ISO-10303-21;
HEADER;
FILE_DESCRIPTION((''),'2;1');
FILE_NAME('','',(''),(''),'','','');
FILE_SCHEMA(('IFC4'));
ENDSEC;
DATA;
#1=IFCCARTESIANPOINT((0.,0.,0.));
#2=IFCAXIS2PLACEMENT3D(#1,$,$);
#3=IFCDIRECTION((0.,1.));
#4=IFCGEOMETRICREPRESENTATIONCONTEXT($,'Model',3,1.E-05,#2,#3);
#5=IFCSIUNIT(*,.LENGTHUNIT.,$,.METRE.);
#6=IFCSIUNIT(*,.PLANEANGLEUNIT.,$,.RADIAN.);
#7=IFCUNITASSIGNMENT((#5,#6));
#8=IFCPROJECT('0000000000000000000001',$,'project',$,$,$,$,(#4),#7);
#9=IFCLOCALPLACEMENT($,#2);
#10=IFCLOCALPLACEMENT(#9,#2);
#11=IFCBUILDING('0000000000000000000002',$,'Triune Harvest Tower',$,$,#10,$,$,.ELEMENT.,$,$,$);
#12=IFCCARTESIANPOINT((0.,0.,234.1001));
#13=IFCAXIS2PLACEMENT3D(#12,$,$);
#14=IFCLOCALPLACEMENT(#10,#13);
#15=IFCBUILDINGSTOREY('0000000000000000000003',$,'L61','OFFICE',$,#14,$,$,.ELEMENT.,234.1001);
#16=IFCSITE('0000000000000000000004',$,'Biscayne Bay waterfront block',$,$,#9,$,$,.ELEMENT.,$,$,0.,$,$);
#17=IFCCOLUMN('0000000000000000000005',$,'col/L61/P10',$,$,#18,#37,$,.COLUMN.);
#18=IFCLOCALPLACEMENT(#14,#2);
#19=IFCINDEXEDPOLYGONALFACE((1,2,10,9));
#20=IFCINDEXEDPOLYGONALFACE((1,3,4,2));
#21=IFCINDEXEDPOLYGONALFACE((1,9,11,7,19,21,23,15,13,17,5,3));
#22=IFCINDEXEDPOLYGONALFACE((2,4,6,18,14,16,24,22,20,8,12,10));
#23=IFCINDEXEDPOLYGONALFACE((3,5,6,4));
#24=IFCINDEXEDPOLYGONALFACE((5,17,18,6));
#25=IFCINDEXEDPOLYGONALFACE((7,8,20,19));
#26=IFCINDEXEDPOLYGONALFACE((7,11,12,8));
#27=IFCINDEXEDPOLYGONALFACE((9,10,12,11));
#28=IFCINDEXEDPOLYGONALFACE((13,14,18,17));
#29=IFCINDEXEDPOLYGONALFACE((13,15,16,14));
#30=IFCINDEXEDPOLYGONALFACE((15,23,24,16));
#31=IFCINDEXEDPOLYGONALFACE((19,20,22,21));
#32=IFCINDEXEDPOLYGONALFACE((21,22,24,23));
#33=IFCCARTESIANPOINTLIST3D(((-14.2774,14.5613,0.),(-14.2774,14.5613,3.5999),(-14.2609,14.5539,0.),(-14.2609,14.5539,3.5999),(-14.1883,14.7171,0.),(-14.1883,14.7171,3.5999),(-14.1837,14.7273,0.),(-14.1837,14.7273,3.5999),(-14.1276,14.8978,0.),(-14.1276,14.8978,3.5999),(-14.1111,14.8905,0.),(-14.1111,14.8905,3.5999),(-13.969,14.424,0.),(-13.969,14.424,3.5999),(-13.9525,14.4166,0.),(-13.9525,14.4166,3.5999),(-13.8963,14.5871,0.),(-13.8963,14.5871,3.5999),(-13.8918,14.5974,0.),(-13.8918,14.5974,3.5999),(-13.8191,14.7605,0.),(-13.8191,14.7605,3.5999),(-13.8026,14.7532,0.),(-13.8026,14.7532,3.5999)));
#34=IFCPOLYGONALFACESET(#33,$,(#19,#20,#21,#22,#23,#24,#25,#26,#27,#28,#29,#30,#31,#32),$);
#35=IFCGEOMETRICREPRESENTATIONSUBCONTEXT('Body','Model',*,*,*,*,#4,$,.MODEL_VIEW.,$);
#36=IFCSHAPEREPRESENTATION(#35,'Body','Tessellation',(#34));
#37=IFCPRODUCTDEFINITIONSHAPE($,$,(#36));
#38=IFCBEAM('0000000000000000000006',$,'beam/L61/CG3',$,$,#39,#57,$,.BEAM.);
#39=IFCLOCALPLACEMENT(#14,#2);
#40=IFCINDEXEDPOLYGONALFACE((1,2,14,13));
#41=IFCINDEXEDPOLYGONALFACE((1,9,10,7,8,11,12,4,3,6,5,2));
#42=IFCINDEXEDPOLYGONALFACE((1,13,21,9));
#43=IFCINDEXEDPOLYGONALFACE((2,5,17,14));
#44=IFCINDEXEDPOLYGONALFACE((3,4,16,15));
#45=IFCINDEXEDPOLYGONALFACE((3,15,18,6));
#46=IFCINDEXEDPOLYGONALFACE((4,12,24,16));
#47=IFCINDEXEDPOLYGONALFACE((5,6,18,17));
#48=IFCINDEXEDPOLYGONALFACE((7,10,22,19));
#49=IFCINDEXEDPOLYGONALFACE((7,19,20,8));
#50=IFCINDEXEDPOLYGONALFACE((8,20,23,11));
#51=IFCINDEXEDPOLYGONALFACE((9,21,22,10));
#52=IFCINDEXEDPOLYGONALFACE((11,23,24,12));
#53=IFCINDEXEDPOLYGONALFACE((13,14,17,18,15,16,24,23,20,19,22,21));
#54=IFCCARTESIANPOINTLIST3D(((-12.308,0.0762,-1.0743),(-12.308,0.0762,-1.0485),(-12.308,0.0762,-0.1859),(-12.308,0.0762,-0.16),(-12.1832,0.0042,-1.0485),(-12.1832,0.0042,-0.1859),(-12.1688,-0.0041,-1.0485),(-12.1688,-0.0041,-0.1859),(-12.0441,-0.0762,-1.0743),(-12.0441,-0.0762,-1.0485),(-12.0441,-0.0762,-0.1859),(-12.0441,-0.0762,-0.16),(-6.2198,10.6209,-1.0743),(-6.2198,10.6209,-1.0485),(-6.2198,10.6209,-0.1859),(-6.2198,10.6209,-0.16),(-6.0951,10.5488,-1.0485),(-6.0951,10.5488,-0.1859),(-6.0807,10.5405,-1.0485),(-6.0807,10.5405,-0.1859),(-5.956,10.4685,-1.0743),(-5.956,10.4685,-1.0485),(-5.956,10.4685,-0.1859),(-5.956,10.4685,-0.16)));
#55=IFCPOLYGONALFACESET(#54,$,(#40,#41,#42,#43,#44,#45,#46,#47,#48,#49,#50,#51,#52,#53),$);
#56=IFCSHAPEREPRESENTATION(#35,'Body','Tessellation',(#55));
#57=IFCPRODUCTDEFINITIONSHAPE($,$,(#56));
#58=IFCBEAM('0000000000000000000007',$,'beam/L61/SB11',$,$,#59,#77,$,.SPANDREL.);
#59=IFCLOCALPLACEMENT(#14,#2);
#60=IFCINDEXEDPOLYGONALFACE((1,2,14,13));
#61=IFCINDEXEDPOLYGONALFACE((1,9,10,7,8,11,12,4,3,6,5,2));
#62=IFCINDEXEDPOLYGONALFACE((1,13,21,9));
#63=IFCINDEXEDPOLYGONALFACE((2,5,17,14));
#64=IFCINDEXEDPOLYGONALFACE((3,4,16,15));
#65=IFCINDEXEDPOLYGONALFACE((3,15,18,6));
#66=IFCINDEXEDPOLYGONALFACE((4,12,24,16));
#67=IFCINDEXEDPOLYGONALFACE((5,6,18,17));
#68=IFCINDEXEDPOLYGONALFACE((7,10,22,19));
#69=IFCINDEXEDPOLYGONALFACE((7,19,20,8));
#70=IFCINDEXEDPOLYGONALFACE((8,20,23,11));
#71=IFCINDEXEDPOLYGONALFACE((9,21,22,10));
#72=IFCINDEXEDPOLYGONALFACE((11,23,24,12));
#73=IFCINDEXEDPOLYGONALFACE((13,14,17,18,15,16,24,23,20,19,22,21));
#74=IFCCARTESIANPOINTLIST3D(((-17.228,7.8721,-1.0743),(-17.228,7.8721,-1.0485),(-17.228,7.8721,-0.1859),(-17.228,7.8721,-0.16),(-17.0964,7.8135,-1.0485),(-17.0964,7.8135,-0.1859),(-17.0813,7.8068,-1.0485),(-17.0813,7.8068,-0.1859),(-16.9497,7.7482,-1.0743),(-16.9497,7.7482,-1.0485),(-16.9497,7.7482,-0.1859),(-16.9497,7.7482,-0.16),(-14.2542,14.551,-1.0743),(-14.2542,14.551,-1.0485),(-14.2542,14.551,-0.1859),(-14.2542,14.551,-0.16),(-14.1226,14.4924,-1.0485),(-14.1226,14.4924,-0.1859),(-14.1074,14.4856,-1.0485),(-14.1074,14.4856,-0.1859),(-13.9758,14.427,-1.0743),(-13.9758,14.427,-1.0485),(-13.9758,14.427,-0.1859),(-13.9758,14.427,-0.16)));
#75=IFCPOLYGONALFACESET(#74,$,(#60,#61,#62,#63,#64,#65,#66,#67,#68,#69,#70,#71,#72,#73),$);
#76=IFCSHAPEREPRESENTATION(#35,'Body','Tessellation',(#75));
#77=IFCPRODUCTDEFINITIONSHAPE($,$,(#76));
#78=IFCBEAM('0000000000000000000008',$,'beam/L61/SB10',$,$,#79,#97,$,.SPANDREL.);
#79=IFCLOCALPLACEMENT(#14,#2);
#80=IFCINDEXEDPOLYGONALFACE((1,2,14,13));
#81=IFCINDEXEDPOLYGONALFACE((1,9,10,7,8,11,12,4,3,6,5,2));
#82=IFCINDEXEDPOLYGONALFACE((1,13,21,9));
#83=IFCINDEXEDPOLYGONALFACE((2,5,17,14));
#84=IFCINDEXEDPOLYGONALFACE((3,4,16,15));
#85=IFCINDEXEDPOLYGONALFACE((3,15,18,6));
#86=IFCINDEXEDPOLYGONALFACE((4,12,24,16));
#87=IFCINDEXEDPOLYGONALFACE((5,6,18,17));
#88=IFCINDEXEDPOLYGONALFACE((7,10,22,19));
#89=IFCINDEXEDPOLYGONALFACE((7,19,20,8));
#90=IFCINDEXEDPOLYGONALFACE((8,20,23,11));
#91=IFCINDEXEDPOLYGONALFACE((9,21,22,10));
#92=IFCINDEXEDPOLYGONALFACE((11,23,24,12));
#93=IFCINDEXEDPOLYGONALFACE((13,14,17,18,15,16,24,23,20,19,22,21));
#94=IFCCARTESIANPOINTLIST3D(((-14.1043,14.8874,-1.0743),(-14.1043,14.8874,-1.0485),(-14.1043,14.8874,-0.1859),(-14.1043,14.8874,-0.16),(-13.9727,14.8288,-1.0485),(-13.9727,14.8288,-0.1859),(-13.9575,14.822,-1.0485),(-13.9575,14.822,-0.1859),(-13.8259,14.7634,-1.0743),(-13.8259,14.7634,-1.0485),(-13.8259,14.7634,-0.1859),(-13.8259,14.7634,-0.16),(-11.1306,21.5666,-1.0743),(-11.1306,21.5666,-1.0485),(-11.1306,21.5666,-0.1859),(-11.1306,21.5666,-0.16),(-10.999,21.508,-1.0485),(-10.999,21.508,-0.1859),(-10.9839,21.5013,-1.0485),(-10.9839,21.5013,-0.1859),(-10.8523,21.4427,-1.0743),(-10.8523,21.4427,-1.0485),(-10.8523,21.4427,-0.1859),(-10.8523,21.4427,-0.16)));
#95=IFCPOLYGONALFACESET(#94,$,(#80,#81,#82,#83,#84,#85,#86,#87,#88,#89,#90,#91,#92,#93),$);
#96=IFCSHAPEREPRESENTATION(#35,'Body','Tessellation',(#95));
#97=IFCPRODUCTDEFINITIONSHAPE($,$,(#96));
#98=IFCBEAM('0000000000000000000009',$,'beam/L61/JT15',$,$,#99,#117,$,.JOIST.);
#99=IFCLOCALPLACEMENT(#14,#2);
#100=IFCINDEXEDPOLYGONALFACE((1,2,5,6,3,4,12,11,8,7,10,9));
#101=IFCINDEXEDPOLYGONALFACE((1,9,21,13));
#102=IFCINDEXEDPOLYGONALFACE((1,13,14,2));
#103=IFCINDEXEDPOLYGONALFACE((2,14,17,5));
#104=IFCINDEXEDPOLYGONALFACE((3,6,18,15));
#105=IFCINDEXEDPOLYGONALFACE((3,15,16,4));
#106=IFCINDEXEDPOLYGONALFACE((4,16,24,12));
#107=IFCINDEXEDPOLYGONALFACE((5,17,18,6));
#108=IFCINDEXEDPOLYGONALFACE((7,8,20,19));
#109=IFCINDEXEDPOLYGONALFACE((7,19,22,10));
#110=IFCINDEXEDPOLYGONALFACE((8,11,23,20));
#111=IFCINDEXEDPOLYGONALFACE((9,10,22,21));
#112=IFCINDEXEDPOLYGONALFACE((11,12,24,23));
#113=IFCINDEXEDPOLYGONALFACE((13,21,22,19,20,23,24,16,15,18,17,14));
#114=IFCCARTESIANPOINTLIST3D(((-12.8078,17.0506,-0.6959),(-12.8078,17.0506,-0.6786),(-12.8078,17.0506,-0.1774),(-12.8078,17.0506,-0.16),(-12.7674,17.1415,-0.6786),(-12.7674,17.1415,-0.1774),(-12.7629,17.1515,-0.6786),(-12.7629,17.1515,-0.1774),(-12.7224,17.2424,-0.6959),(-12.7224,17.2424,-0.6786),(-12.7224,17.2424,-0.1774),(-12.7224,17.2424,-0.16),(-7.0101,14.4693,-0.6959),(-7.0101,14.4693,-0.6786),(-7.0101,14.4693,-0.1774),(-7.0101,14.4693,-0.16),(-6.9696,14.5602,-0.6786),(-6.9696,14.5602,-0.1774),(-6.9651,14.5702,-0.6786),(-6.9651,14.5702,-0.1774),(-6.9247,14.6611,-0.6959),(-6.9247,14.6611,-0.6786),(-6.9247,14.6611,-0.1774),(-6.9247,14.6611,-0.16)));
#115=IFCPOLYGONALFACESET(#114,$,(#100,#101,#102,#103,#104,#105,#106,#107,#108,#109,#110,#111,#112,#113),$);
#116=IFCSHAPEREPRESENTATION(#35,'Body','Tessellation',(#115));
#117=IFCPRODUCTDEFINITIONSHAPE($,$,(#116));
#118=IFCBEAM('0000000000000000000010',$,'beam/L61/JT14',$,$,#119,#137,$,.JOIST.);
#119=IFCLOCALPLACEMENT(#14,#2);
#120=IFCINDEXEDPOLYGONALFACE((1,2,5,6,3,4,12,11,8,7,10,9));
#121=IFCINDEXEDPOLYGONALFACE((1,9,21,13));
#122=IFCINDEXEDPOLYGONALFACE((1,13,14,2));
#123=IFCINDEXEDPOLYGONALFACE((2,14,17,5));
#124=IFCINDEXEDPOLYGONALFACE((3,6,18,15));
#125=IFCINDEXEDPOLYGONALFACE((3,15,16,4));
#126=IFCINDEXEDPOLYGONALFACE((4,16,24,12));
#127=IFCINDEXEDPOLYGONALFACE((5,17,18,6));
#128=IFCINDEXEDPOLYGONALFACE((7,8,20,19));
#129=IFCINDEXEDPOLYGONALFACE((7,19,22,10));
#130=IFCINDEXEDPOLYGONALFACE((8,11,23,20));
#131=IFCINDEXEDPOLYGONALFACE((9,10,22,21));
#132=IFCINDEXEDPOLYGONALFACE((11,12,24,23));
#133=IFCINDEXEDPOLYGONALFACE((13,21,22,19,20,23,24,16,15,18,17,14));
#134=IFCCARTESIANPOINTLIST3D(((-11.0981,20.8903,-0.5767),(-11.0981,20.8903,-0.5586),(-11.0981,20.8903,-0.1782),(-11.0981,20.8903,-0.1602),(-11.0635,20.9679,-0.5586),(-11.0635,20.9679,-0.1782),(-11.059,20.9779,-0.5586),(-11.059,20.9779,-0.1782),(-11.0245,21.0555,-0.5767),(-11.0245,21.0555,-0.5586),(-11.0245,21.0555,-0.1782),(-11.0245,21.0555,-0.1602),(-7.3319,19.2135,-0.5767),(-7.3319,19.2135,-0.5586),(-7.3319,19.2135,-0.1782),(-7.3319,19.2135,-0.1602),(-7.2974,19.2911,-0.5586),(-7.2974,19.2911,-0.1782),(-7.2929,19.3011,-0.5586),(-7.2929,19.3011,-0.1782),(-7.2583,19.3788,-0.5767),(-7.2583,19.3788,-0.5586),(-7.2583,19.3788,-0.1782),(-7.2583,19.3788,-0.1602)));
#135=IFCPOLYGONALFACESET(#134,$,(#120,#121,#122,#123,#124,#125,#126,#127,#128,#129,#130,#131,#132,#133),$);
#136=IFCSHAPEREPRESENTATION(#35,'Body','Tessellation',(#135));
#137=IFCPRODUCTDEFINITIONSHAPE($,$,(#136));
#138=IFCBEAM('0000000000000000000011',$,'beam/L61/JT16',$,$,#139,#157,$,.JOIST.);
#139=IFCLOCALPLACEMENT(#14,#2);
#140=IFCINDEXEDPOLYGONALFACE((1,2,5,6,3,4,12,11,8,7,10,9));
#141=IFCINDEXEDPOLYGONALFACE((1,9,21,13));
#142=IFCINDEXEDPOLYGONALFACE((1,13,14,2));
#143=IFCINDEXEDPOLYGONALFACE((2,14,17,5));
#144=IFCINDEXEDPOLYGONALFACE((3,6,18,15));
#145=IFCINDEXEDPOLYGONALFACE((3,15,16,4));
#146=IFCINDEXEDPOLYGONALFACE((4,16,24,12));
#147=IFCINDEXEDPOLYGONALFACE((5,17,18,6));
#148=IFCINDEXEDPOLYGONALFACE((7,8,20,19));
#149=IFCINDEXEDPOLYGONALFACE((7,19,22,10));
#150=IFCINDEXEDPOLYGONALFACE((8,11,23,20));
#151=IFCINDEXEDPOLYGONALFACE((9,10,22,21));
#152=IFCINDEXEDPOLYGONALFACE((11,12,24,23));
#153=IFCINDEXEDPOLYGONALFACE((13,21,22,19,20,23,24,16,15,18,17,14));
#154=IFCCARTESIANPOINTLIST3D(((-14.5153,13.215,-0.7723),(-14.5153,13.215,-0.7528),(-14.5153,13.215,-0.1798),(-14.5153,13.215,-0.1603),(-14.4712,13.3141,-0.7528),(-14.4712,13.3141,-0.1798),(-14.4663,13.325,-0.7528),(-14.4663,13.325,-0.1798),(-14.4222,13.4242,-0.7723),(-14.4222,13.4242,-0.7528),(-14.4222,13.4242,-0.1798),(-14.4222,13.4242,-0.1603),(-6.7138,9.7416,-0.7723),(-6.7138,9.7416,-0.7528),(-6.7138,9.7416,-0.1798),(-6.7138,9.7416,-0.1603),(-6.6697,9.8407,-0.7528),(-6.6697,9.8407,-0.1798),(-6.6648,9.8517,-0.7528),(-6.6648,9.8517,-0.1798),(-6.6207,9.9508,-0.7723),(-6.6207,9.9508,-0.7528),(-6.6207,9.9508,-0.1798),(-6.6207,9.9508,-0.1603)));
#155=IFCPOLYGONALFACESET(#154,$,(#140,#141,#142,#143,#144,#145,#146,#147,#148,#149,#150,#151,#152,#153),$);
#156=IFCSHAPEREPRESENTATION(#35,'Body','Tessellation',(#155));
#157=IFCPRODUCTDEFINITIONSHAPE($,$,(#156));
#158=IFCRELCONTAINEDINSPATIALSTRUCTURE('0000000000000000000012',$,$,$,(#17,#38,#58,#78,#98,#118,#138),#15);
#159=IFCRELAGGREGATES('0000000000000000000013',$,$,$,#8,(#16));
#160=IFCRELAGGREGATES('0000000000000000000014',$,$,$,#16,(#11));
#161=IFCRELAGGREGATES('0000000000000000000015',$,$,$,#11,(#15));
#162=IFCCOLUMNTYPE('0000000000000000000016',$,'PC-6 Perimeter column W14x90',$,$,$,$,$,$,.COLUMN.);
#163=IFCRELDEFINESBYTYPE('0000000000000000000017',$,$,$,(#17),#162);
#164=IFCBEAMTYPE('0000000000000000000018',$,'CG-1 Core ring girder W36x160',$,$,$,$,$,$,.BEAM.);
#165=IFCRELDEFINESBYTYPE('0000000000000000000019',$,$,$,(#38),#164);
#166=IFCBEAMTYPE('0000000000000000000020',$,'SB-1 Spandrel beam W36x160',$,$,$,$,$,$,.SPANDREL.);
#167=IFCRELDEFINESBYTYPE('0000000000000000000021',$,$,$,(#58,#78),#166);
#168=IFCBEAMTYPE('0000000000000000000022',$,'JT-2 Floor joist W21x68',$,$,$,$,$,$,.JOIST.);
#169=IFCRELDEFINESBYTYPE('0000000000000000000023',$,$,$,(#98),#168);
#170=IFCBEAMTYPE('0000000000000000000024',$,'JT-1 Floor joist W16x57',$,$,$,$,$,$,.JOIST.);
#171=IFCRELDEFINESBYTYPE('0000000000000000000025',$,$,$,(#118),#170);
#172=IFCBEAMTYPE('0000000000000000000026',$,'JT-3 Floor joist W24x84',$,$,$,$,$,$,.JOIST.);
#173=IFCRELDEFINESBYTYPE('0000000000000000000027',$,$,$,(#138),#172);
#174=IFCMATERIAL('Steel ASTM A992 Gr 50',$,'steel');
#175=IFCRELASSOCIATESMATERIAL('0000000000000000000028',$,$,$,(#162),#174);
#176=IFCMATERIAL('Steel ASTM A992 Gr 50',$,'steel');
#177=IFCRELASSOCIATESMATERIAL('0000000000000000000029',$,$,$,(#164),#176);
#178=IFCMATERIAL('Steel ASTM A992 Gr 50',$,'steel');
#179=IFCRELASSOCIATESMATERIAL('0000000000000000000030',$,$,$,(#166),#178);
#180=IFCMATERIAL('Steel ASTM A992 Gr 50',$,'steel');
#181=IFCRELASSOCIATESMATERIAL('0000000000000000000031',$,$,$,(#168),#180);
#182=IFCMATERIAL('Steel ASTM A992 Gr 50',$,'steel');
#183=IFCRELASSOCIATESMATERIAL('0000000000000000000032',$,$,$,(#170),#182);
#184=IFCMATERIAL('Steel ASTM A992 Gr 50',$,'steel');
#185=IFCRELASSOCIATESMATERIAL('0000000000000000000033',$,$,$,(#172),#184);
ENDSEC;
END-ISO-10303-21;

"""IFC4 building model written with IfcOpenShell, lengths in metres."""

from ifc_helpers import new_model, si_unit, direction, frame, origin, origin_2d, place, context, subcontext, project, spatial, i_section, extrude, source, transform, mapped, material, material_profile, profile_set, type_object, element, save


model = new_model("IFC4")

# Units and contexts
model_context = context("Model", 3, precision=1e-05, world=origin(), true_north=direction((0.0, 1.0)))
body_context = subcontext(model_context, "Body", "Model", "MODEL_VIEW")
ifc_project = project(units=[si_unit("LENGTHUNIT", "METRE"), si_unit("PLANEANGLEUNIT", "RADIAN")], contexts=[model_context])

# Site, building, storey
site_placement = place(None, origin())
site = spatial("IfcSite", under=ifc_project, at=site_placement, Name="Biscayne Bay waterfront block", CompositionType="ELEMENT", RefElevation=0.0)
building_placement = place(site_placement, origin())
building = spatial("IfcBuilding", under=site, at=building_placement, Name="Triune Harvest Tower", CompositionType="ELEMENT")
storey_placement = place(building_placement, frame((0.0, 0.0, 234.1001)))
storey = spatial("IfcBuildingStorey", under=building, at=storey_placement, Name="L61", Description="OFFICE", CompositionType="ELEMENT", Elevation=234.1001)

# Column
ifc_material_1 = material(Name="Steel ASTM A992 Gr 50", Category="steel")
ifc_material_profile_1 = material_profile(ifc_material_1, i_section(OverallWidth=0.3684, OverallDepth=0.3557, WebThickness=0.0112, FlangeThickness=0.0181, at=origin_2d()), Name="W14x90")
ifc_profile_set_1 = profile_set([ifc_material_profile_1], Name="Steel ASTM A992 Gr 50")
column_type = type_object("IfcColumnType", Name="PC-6 Perimeter column W14x90", PredefinedType="COLUMN", material=ifc_profile_set_1)
shared_shape_1 = source(origin(), body_context, "Body", "SweptSolid", [
    extrude(i_section(OverallWidth=0.3684, OverallDepth=0.3557, WebThickness=0.0112, FlangeThickness=0.0181, at=origin_2d()), origin(), (0.0, 0.0, 1.0), 3.5999),
])
column_placement = place(storey_placement, frame((-14.04, 14.6572, 0.0), z_axis=(0.0, 0.0, 1.0), x_axis=(-0.406738, -0.913545, 0.0)))
element("IfcColumn", 1, at=column_placement, inside=storey, type_object=column_type, Name="col/L61/P10", PredefinedType="COLUMN", context=body_context, shape_type="MappedRepresentation", body=[
    mapped(shared_shape_1, transform((0.0, 0.0, 0.0), scale=1.0)),
])

# Beams
ifc_material_2 = material(Name="Steel ASTM A992 Gr 50", Category="steel")
ifc_material_profile_2 = material_profile(ifc_material_2, i_section(OverallWidth=0.3047, OverallDepth=0.9143, WebThickness=0.0166, FlangeThickness=0.0259, at=origin_2d()), Name="W36x160")
ifc_profile_set_2 = profile_set([ifc_material_profile_2], Name="Steel ASTM A992 Gr 50")
beam_type_1 = type_object("IfcBeamType", Name="CG-1 Core ring girder W36x160", PredefinedType="BEAM", material=ifc_profile_set_2)
shared_shape_2 = source(origin(), body_context, "Body", "SweptSolid", [
    extrude(i_section(OverallWidth=0.3047, OverallDepth=0.9143, WebThickness=0.0166, FlangeThickness=0.0259, at=origin_2d()), origin(), (0.0, 0.0, 1.0), 12.176),
])
beam_1_placement = place(storey_placement, frame((-6.0879, 10.5447, -0.6172), z_axis=(-0.50001, -0.86602, 0.0), x_axis=(0.86602, -0.50001, 0.0)))
element("IfcBeam", 2, at=beam_1_placement, inside=storey, type_object=beam_type_1, Name="beam/L61/CG3", PredefinedType="BEAM", context=body_context, shape_type="MappedRepresentation", body=[
    mapped(shared_shape_2, transform((0.0, 0.0, 0.0), scale=1.0)),
])
ifc_material_3 = material(Name="Steel ASTM A992 Gr 50", Category="steel")
ifc_material_profile_3 = material_profile(ifc_material_3, i_section(OverallWidth=0.3047, OverallDepth=0.9143, WebThickness=0.0166, FlangeThickness=0.0259, at=origin_2d()), Name="W36x160")
ifc_profile_set_3 = profile_set([ifc_material_profile_3], Name="Steel ASTM A992 Gr 50")
beam_type_2 = type_object("IfcBeamType", Name="SB-1 Spandrel beam W36x160", PredefinedType="SPANDREL", material=ifc_profile_set_3)
shared_shape_3 = source(origin(), body_context, "Body", "SweptSolid", [
    extrude(i_section(OverallWidth=0.3047, OverallDepth=0.9143, WebThickness=0.0166, FlangeThickness=0.0259, at=origin_2d()), origin(), (0.0, 0.0, 1.0), 7.311),
])
beam_2_placement = place(storey_placement, frame((-14.115, 14.489, -0.6172), z_axis=(-0.406761, -0.913535, 0.0), x_axis=(0.913535, -0.406761, 0.0)))
element("IfcBeam", 3, at=beam_2_placement, inside=storey, type_object=beam_type_2, Name="beam/L61/SB11", PredefinedType="SPANDREL", context=body_context, shape_type="MappedRepresentation", body=[
    mapped(shared_shape_3, transform((0.0, 0.0, 0.0), scale=1.0)),
])
shared_shape_4 = source(origin(), body_context, "Body", "SweptSolid", [
    extrude(i_section(OverallWidth=0.3047, OverallDepth=0.9143, WebThickness=0.0166, FlangeThickness=0.0259, at=origin_2d()), origin(), (0.0, 0.0, 1.0), 7.3113),
])
beam_3_placement = place(storey_placement, frame((-10.9915, 21.5046, -0.6172), z_axis=(-0.406721, -0.913552, 0.0), x_axis=(0.913552, -0.406721, 0.0)))
element("IfcBeam", 4, at=beam_3_placement, inside=storey, type_object=beam_type_2, Name="beam/L61/SB10", PredefinedType="SPANDREL", context=body_context, shape_type="MappedRepresentation", body=[
    mapped(shared_shape_4, transform((0.0, 0.0, 0.0), scale=1.0)),
])
ifc_material_4 = material(Name="Steel ASTM A992 Gr 50", Category="steel")
ifc_material_profile_4 = material_profile(ifc_material_4, i_section(OverallWidth=0.21, OverallDepth=0.5359, WebThickness=0.011, FlangeThickness=0.0173, at=origin_2d()), Name="W21x68")
ifc_profile_set_4 = profile_set([ifc_material_profile_4], Name="Steel ASTM A992 Gr 50")
beam_type_3 = type_object("IfcBeamType", Name="JT-2 Floor joist W21x68", PredefinedType="JOIST", material=ifc_profile_set_4)
shared_shape_5 = source(origin(), body_context, "Body", "SweptSolid", [
    extrude(i_section(OverallWidth=0.21, OverallDepth=0.5359, WebThickness=0.011, FlangeThickness=0.0173, at=origin_2d()), origin(), (0.0, 0.0, 1.0), 6.3464),
])
beam_4_placement = place(storey_placement, frame((-12.7651, 17.1465, -0.428), z_axis=(0.91355, -0.406727, 0.0), x_axis=(0.406727, 0.91355, 0.0)))
element("IfcBeam", 5, at=beam_4_placement, inside=storey, type_object=beam_type_3, Name="beam/L61/JT15", PredefinedType="JOIST", context=body_context, shape_type="MappedRepresentation", body=[
    mapped(shared_shape_5, transform((0.0, 0.0, 0.0), scale=1.0)),
])
ifc_material_5 = material(Name="Steel ASTM A992 Gr 50", Category="steel")
ifc_material_profile_5 = material_profile(ifc_material_5, i_section(OverallWidth=0.1809, OverallDepth=0.4165, WebThickness=0.011, FlangeThickness=0.0181, at=origin_2d()), Name="W16x57")
ifc_profile_set_5 = profile_set([ifc_material_profile_5], Name="Steel ASTM A992 Gr 50")
beam_type_4 = type_object("IfcBeamType", Name="JT-1 Floor joist W16x57", PredefinedType="JOIST", material=ifc_profile_set_5)
shared_shape_6 = source(origin(), body_context, "Body", "SweptSolid", [
    extrude(i_section(OverallWidth=0.1809, OverallDepth=0.4165, WebThickness=0.011, FlangeThickness=0.0181, at=origin_2d()), origin(), (0.0, 0.0, 1.0), 4.1226),
])
beam_5_placement = place(storey_placement, frame((-11.0613, 20.9729, -0.3684), z_axis=(0.913548, -0.406732, 0.0), x_axis=(0.406732, 0.913548, 0.0)))
element("IfcBeam", 6, at=beam_5_placement, inside=storey, type_object=beam_type_4, Name="beam/L61/JT14", PredefinedType="JOIST", context=body_context, shape_type="MappedRepresentation", body=[
    mapped(shared_shape_6, transform((0.0, 0.0, 0.0), scale=1.0)),
])
ifc_material_6 = material(Name="Steel ASTM A992 Gr 50", Category="steel")
ifc_material_profile_6 = material_profile(ifc_material_6, i_section(OverallWidth=0.229, OverallDepth=0.6121, WebThickness=0.012, FlangeThickness=0.0195, at=origin_2d()), Name="W24x84")
ifc_profile_set_6 = profile_set([ifc_material_profile_6], Name="Steel ASTM A992 Gr 50")
beam_type_5 = type_object("IfcBeamType", Name="JT-3 Floor joist W24x84", PredefinedType="JOIST", material=ifc_profile_set_6)
shared_shape_7 = source(origin(), body_context, "Body", "SweptSolid", [
    extrude(i_section(OverallWidth=0.229, OverallDepth=0.6121, WebThickness=0.012, FlangeThickness=0.0195, at=origin_2d()), origin(), (0.0, 0.0, 1.0), 8.5398),
])
beam_6_placement = place(storey_placement, frame((-14.4688, 13.3196, -0.4663), z_axis=(0.913548, -0.40673, 0.0), x_axis=(0.40673, 0.913548, 0.0)))
element("IfcBeam", 7, at=beam_6_placement, inside=storey, type_object=beam_type_5, Name="beam/L61/JT16", PredefinedType="JOIST", context=body_context, shape_type="MappedRepresentation", body=[
    mapped(shared_shape_7, transform((0.0, 0.0, 0.0), scale=1.0)),
])

save(model, "model.ifc")
